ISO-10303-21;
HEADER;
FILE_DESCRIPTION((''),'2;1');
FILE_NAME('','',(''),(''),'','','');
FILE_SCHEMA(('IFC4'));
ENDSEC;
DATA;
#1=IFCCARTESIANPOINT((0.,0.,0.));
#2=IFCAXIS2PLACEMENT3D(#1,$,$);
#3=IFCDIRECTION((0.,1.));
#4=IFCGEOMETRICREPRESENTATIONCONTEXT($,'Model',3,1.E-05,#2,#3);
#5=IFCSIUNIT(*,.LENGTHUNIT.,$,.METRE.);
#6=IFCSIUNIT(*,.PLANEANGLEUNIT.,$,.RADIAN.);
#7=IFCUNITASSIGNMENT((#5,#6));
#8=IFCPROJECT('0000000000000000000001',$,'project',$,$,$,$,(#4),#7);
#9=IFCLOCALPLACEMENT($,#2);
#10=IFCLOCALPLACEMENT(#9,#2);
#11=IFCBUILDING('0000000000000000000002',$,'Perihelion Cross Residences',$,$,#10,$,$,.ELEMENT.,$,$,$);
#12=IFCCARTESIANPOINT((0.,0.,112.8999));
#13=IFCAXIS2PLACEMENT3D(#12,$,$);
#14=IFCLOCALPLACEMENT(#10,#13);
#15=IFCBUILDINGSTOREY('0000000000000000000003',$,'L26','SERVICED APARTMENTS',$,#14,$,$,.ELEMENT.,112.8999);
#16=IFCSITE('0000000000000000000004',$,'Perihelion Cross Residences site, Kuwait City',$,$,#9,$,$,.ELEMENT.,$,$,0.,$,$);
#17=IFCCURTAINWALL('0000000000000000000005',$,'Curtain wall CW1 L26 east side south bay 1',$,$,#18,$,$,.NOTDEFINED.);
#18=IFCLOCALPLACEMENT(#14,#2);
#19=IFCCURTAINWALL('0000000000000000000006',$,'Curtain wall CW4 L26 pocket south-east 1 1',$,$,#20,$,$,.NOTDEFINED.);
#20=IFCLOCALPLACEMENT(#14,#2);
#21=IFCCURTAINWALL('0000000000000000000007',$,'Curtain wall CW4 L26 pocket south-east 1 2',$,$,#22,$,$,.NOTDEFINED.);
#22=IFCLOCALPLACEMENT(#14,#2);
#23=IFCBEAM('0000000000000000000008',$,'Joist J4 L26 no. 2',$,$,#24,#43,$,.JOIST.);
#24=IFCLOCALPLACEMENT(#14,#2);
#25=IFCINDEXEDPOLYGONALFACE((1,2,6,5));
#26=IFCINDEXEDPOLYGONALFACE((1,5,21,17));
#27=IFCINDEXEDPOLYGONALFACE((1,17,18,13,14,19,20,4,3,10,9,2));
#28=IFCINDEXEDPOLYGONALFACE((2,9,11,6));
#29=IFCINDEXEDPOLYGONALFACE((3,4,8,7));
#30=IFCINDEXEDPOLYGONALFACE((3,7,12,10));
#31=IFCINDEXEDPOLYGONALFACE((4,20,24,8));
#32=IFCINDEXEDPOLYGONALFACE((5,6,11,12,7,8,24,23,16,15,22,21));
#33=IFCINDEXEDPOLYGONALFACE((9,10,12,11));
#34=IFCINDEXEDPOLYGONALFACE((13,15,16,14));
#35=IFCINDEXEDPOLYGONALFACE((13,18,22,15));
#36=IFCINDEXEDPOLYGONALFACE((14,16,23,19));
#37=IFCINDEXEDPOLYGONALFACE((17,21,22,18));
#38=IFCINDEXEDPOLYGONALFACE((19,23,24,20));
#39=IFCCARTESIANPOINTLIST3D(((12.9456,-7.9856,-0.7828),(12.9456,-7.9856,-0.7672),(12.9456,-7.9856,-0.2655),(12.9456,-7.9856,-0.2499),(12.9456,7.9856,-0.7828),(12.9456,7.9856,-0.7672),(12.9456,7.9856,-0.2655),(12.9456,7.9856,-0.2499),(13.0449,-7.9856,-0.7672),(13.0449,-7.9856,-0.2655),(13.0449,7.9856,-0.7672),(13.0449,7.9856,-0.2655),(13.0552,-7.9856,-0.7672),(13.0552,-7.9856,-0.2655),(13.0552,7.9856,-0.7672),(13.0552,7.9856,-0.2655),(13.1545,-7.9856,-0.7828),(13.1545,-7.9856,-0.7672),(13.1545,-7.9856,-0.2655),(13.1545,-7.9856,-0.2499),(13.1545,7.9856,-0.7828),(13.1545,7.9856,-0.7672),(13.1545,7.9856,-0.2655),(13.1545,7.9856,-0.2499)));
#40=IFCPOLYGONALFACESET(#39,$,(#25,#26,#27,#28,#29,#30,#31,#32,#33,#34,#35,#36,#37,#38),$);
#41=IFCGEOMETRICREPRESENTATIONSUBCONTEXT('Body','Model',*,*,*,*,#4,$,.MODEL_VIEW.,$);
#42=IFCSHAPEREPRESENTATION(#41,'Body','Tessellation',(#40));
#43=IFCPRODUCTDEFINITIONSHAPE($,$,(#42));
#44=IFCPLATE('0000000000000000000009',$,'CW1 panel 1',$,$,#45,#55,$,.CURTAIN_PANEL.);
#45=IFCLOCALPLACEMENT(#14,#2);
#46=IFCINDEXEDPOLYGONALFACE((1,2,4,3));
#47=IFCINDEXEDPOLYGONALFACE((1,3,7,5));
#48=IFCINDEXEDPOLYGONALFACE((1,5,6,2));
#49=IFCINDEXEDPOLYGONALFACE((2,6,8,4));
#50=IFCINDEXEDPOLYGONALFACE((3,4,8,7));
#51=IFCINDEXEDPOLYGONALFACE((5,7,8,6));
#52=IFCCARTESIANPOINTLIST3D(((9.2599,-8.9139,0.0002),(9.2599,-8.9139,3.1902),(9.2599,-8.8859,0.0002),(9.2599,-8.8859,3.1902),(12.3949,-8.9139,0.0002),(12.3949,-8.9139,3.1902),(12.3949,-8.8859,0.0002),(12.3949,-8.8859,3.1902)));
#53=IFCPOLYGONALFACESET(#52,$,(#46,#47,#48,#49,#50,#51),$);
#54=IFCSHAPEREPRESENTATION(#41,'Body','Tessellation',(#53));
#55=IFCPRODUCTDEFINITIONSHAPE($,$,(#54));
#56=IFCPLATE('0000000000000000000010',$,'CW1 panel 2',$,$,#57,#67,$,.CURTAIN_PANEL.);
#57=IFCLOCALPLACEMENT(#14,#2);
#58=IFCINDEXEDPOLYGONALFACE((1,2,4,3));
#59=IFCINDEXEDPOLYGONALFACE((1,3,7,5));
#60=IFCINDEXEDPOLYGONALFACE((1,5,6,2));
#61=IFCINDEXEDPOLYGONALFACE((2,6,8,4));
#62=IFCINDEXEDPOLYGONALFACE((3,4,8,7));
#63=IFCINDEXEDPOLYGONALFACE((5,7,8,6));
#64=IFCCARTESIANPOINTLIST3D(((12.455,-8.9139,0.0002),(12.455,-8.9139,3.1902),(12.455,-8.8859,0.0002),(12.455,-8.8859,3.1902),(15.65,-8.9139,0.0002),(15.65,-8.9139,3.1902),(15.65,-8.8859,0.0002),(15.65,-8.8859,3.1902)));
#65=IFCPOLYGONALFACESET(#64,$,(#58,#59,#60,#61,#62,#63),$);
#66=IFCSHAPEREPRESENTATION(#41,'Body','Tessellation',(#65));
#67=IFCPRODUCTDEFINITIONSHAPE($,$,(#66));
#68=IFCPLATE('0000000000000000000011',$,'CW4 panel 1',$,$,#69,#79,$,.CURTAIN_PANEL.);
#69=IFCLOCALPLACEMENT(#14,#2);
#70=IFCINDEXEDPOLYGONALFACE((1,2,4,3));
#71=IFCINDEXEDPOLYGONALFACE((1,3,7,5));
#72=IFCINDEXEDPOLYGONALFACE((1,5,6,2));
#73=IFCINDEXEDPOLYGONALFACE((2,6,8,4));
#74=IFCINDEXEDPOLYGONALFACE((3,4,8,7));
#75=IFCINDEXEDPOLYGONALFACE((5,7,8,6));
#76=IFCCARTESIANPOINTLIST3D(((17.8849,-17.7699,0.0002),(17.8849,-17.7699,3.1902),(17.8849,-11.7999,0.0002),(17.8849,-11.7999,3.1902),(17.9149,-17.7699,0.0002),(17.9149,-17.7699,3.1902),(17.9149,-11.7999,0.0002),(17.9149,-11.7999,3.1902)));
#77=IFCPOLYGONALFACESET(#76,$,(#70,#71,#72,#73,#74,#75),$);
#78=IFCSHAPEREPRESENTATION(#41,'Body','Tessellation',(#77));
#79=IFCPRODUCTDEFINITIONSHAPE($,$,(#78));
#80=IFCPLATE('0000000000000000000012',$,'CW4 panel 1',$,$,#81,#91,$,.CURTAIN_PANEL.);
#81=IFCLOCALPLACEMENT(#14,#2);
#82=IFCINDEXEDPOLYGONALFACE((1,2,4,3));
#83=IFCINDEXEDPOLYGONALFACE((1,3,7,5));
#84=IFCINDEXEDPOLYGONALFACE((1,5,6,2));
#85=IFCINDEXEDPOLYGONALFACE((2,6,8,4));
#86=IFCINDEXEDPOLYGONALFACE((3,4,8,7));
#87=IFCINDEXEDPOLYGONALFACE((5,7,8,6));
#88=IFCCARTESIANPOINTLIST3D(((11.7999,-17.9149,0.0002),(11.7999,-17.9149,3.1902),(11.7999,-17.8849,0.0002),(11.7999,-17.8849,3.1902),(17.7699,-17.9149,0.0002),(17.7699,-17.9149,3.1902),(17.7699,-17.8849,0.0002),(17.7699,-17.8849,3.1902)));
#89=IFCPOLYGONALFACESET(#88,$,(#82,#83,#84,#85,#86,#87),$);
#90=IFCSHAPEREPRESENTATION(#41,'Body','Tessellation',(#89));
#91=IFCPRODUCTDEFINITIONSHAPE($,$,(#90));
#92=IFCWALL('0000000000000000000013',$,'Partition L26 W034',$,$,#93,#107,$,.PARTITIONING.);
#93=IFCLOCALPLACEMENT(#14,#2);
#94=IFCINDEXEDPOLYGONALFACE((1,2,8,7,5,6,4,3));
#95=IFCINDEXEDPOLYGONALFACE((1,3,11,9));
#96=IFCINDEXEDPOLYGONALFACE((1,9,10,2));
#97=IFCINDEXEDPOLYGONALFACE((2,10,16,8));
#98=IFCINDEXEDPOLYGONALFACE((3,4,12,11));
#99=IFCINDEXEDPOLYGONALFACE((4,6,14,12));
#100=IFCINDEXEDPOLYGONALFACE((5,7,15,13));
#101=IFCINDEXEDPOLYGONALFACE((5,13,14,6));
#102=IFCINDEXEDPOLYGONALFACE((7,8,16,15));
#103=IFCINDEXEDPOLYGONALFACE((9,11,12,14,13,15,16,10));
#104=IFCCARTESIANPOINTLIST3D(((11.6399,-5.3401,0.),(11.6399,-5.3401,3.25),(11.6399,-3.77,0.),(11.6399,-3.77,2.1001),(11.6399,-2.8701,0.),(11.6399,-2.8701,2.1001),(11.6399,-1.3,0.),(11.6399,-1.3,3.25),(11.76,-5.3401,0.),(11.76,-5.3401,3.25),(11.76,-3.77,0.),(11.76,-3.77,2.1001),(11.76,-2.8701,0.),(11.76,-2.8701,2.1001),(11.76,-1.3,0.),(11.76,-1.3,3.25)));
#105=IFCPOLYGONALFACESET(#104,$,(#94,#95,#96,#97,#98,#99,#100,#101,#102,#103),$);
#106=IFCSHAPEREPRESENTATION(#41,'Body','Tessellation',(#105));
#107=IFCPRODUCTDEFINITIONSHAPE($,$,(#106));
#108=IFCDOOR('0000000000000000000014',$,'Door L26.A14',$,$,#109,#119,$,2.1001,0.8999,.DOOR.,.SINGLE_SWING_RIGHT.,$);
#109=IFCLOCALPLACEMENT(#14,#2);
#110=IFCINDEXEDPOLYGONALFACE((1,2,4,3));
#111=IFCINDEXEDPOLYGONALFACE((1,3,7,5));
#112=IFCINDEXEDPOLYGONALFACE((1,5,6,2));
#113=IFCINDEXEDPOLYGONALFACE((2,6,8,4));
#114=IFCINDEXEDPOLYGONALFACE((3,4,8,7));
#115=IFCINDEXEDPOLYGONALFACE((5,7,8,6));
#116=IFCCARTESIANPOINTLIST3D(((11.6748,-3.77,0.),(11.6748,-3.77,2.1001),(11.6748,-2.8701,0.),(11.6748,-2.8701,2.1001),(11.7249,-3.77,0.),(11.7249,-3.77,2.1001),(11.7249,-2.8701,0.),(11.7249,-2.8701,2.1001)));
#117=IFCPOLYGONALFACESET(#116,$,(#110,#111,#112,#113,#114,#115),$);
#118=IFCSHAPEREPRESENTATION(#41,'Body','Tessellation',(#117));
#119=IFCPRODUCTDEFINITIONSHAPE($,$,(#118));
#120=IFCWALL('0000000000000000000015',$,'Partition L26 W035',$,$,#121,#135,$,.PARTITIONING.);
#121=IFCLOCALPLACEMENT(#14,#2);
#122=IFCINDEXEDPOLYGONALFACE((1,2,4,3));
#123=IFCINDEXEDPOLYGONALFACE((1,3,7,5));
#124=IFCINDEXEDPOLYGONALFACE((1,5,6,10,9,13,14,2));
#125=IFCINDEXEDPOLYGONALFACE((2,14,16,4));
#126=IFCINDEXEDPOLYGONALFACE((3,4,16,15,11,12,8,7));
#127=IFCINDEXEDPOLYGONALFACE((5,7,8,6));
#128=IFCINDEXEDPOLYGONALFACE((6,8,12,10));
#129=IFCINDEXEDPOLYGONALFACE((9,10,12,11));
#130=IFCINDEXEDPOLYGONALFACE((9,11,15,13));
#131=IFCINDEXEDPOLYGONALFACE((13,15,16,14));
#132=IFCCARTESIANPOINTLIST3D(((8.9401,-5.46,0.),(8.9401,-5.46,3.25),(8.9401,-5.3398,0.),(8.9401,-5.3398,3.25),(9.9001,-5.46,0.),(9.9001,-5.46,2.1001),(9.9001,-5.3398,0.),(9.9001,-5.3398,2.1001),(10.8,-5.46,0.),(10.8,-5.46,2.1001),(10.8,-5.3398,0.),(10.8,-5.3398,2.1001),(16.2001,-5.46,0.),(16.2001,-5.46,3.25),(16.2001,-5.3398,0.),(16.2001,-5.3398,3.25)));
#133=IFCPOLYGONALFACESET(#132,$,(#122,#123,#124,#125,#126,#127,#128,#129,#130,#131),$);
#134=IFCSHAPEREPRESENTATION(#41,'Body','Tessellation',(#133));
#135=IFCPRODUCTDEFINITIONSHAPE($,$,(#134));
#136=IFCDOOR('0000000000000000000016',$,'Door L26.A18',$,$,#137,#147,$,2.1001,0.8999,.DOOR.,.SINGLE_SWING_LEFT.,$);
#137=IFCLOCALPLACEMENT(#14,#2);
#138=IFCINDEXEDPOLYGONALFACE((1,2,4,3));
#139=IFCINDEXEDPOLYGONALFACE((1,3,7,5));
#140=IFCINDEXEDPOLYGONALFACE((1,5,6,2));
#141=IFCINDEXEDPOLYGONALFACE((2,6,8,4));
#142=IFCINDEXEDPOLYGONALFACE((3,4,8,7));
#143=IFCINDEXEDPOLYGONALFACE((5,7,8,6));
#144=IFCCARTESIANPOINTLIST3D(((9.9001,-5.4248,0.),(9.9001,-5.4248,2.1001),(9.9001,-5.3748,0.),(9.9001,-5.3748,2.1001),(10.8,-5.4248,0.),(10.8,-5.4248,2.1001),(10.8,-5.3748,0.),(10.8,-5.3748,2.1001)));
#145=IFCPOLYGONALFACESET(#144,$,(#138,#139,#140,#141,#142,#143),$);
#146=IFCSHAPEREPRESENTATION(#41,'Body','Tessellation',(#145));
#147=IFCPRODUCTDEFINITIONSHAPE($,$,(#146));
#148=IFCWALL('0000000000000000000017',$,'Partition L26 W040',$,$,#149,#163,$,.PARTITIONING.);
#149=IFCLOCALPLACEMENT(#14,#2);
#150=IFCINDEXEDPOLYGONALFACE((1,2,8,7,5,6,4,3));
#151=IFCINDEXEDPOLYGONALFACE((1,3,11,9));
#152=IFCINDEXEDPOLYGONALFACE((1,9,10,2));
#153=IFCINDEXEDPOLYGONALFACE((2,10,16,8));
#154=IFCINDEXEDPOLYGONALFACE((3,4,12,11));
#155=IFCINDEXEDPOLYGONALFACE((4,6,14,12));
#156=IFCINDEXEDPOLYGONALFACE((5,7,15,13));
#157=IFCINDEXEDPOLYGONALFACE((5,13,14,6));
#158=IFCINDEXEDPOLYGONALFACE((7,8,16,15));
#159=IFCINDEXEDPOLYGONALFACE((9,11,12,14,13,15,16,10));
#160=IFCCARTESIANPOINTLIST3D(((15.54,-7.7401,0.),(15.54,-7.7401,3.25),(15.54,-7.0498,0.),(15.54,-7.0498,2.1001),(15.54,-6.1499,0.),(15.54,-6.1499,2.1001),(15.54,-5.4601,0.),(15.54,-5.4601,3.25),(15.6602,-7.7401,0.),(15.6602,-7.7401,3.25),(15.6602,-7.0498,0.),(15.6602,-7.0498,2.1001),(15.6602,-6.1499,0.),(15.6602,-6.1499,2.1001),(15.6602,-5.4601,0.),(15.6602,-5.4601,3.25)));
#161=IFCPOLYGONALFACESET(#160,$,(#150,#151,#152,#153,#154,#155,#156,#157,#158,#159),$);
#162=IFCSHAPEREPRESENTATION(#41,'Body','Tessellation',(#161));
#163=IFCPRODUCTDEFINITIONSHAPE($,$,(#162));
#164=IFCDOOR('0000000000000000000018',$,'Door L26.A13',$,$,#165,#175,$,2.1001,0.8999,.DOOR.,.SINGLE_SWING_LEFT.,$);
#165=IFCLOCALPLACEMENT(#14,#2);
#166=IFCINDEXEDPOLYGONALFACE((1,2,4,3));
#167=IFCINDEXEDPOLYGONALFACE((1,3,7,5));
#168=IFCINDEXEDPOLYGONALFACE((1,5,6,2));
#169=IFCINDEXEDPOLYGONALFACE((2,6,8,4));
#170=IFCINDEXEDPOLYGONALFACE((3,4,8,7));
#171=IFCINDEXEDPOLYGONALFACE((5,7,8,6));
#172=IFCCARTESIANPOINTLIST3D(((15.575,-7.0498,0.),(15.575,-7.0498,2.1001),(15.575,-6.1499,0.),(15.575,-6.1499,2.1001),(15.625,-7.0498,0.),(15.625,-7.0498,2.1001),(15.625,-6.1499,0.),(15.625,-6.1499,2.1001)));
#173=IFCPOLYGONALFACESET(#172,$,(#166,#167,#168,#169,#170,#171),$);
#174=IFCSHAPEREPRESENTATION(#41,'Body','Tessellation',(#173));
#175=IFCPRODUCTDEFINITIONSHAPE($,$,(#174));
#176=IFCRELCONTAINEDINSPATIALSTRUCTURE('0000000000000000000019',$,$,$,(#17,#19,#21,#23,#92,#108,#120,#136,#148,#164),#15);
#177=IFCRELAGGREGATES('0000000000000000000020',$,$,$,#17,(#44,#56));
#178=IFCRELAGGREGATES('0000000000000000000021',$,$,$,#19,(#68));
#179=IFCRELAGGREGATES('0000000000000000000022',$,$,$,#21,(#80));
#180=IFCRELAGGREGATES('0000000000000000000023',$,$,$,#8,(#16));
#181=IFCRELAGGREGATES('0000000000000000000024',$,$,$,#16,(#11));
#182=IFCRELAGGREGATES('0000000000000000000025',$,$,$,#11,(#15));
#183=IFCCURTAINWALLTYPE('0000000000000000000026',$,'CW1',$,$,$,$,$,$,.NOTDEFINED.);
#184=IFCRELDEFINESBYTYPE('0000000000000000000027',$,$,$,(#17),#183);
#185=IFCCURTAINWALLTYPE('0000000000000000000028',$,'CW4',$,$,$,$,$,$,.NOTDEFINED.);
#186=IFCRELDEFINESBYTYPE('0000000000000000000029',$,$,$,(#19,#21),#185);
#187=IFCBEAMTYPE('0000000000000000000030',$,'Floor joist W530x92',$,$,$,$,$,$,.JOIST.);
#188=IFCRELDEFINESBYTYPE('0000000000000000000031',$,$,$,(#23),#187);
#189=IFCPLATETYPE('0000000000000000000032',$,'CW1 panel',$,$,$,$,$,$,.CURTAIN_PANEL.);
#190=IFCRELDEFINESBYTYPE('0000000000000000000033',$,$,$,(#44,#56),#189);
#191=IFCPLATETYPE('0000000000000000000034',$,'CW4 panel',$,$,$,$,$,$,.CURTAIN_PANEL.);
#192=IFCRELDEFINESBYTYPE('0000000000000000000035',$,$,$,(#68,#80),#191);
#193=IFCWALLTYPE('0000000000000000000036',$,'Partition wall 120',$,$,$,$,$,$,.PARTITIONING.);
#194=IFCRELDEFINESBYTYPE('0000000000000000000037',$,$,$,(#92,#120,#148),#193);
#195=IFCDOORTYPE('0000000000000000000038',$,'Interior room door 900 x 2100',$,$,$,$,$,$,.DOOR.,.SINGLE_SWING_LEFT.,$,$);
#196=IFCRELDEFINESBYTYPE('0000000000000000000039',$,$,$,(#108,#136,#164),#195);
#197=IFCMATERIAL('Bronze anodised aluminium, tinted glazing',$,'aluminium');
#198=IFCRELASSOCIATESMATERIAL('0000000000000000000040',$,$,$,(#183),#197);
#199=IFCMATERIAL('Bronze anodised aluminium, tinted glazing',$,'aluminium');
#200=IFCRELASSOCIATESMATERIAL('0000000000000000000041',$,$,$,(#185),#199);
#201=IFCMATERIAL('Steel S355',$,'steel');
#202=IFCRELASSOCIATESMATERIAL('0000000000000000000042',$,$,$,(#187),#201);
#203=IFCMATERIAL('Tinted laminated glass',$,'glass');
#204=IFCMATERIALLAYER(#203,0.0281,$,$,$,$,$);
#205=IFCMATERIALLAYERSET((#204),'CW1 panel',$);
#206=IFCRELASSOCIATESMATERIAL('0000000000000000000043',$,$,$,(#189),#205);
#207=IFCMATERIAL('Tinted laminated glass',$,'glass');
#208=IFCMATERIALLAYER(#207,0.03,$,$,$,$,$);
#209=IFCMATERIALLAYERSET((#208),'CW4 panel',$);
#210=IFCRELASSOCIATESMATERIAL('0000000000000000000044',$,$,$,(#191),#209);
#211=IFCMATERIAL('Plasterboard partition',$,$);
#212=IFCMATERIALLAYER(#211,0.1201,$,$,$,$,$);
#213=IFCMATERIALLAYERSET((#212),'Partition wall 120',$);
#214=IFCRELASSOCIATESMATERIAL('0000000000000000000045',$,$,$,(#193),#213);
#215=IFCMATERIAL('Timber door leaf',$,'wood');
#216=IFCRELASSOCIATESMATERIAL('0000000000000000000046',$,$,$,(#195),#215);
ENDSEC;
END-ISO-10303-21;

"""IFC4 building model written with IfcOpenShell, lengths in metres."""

from ifc_helpers import new_model, si_unit, direction, frame, frame_2d, origin, origin_2d, place, context, subcontext, project, spatial, rectangle, i_section, extrude, material, layer, layer_set, material_profile, profile_set, type_object, element, fill, aggregate, save


model = new_model("IFC4")

# Units and contexts
model_context = context("Model", 3, precision=1e-05, world=origin(), true_north=direction((0.0, 1.0)))
body_context = subcontext(model_context, "Body", "Model", "MODEL_VIEW")
ifc_project = project(units=[si_unit("LENGTHUNIT", "METRE"), si_unit("PLANEANGLEUNIT", "RADIAN")], contexts=[model_context])

# Site, building, storey
site_placement = place(None, origin())
site = spatial("IfcSite", under=ifc_project, at=site_placement, Name="Perihelion Cross Residences site, Kuwait City", CompositionType="ELEMENT", RefElevation=0.0)
building_placement = place(site_placement, origin())
building = spatial("IfcBuilding", under=site, at=building_placement, Name="Perihelion Cross Residences", CompositionType="ELEMENT")
storey_placement = place(building_placement, frame((0.0, 0.0, 112.8999)))
storey = spatial("IfcBuildingStorey", under=building, at=storey_placement, Name="L26", Description="SERVICED APARTMENTS", CompositionType="ELEMENT", Elevation=112.8999)

# Curtain wall
ifc_material_1 = material(Name="Bronze anodised aluminium, tinted glazing", Category="aluminium")
curtain_wall_type_1 = type_object("IfcCurtainWallType", Name="CW1", PredefinedType="NOTDEFINED", material=ifc_material_1)
curtain_wall_1_placement = place(storey_placement, origin())
curtain_wall_1 = element("IfcCurtainWall", 1, at=curtain_wall_1_placement, inside=storey, type_object=curtain_wall_type_1, Name="Curtain wall CW1 L26 east side south bay 1", PredefinedType="NOTDEFINED")

# Curtain walls
ifc_material_2 = material(Name="Bronze anodised aluminium, tinted glazing", Category="aluminium")
curtain_wall_type_2 = type_object("IfcCurtainWallType", Name="CW4", PredefinedType="NOTDEFINED", material=ifc_material_2)
curtain_wall_2_placement = place(storey_placement, origin())
curtain_wall_2 = element("IfcCurtainWall", 2, at=curtain_wall_2_placement, inside=storey, type_object=curtain_wall_type_2, Name="Curtain wall CW4 L26 pocket south-east 1 1", PredefinedType="NOTDEFINED")
curtain_wall_3_placement = place(storey_placement, origin())
curtain_wall_3 = element("IfcCurtainWall", 3, at=curtain_wall_3_placement, inside=storey, type_object=curtain_wall_type_2, Name="Curtain wall CW4 L26 pocket south-east 1 2", PredefinedType="NOTDEFINED")

# Beam
ifc_material_3 = material(Name="Steel S355", Category="steel")
ifc_material_profile_1 = material_profile(ifc_material_3, i_section(OverallWidth=0.209, OverallDepth=0.533, WebThickness=0.0103, FlangeThickness=0.0156, at=origin_2d()), Name="W530x92")
ifc_profile_set_1 = profile_set([ifc_material_profile_1], Name="Steel S355")
beam_type_1 = type_object("IfcBeamType", Name="Floor joist W530x92", PredefinedType="JOIST", material=ifc_profile_set_1)
beam_1_placement = place(storey_placement, frame((13.05, -7.9856, -0.5164), z_axis=(0.0, 1.0, 0.0), x_axis=(-1.0, 0.0, 0.0)))
element("IfcBeam", 4, at=beam_1_placement, inside=storey, type_object=beam_type_1, Name="Joist J4 L26 no. 2", PredefinedType="JOIST", context=body_context, shape_type="SweptSolid", body=[
    extrude(i_section(OverallWidth=0.209, OverallDepth=0.533, WebThickness=0.0103, FlangeThickness=0.0156, at=origin_2d()), origin(), (0.0, 0.0, 1.0), 15.9712),
])

# Plates
ifc_material_4 = material(Name="Tinted laminated glass", Category="glass")
ifc_layer_1 = layer(ifc_material_4, 0.0281)
ifc_layer_set_1 = layer_set([ifc_layer_1], Name="CW1 panel")
plate_type_1 = type_object("IfcPlateType", Name="CW1 panel", PredefinedType="CURTAIN_PANEL", material=ifc_layer_set_1)
plate_1_placement = place(storey_placement, frame((10.8274, -8.8999, 0.0002), z_axis=(0.0, 0.0, 1.0), x_axis=(1.0, 0.0, 0.0)))
plate_1 = element("IfcPlate", 5, at=plate_1_placement, type_object=plate_type_1, Name="CW1 panel 1", PredefinedType="CURTAIN_PANEL", context=body_context, shape_type="SweptSolid", body=[
    extrude(rectangle(XDim=3.135, YDim=0.0281, at=origin_2d()), origin(), (0.0, 0.0, 1.0), 3.1899),
])
plate_2_placement = place(storey_placement, frame((14.0525, -8.8999, 0.0002), z_axis=(0.0, 0.0, 1.0), x_axis=(1.0, 0.0, 0.0)))
plate_2 = element("IfcPlate", 6, at=plate_2_placement, type_object=plate_type_1, Name="CW1 panel 2", PredefinedType="CURTAIN_PANEL", context=body_context, shape_type="SweptSolid", body=[
    extrude(rectangle(XDim=3.1951, YDim=0.0281, at=origin_2d()), origin(), (0.0, 0.0, 1.0), 3.1899),
])
aggregate(curtain_wall_1, [plate_1, plate_2])
ifc_material_5 = material(Name="Tinted laminated glass", Category="glass")
ifc_layer_2 = layer(ifc_material_5, 0.03)
ifc_layer_set_2 = layer_set([ifc_layer_2], Name="CW4 panel")
plate_type_2 = type_object("IfcPlateType", Name="CW4 panel", PredefinedType="CURTAIN_PANEL", material=ifc_layer_set_2)
plate_3_placement = place(storey_placement, frame((17.8999, -14.7849, 0.0002), z_axis=(0.0, 0.0, 1.0), x_axis=(0.0, -1.0, 0.0)))
plate_3 = element("IfcPlate", 7, at=plate_3_placement, type_object=plate_type_2, Name="CW4 panel 1", PredefinedType="CURTAIN_PANEL", context=body_context, shape_type="SweptSolid", body=[
    extrude(rectangle(XDim=5.97, YDim=0.03, at=origin_2d()), origin(), (0.0, 0.0, 1.0), 3.1899),
])
aggregate(curtain_wall_2, [plate_3])
plate_4_placement = place(storey_placement, frame((14.7849, -17.8999, 0.0002), z_axis=(0.0, 0.0, 1.0), x_axis=(-1.0, 0.0, 0.0)))
plate_4 = element("IfcPlate", 8, at=plate_4_placement, type_object=plate_type_2, Name="CW4 panel 1", PredefinedType="CURTAIN_PANEL", context=body_context, shape_type="SweptSolid", body=[
    extrude(rectangle(XDim=5.97, YDim=0.03, at=origin_2d()), origin(), (0.0, 0.0, 1.0), 3.1899),
])
aggregate(curtain_wall_3, [plate_4])

# Walls, openings, doors
ifc_material_6 = material(Name="Plasterboard partition")
ifc_layer_3 = layer(ifc_material_6, 0.1201)
ifc_layer_set_3 = layer_set([ifc_layer_3], Name="Partition wall 120")
wall_type_1 = type_object("IfcWallType", Name="Partition wall 120", PredefinedType="PARTITIONING", material=ifc_layer_set_3)
wall_1_placement = place(storey_placement, frame((11.7, -1.3, 0.0), z_axis=(0.0, 0.0, 1.0), x_axis=(0.0, -1.0, 0.0)))
wall_1 = element("IfcWall", 9, at=wall_1_placement, inside=storey, type_object=wall_type_1, Name="Partition L26 W034", PredefinedType="PARTITIONING", context=body_context, shape_type="SweptSolid", body=[
    extrude(rectangle(XDim=4.04, YDim=0.1201, at=frame_2d((2.02, 0.0))), origin(), (0.0, 0.0, 1.0), 3.25),
])
opening_1_placement = place(wall_1_placement, frame((1.5701, 0.0, 0.0)))
opening_1 = element("IfcOpeningElement", 10, at=opening_1_placement, cuts=wall_1, PredefinedType="OPENING", context=body_context, shape_type="SweptSolid", body=[
    extrude(rectangle(XDim=0.8999, YDim=2.1001, at=frame_2d((0.45, 1.05))), frame((0.0, 0.0701, 0.0), z_axis=(0.0, -1.0, 0.0), x_axis=(1.0, 0.0, 0.0)), (0.0, 0.0, 1.0), 0.1401),
])
ifc_material_7 = material(Name="Timber door leaf", Category="wood")
door_type_1 = type_object("IfcDoorType", Name="Interior room door 900 x 2100", OperationType="SINGLE_SWING_LEFT", PredefinedType="DOOR", material=ifc_material_7)
door_1_placement = place(opening_1_placement, origin())
door_1 = element("IfcDoor", 11, at=door_1_placement, inside=storey, type_object=door_type_1, Name="Door L26.A14", OperationType="SINGLE_SWING_RIGHT", OverallHeight=2.1001, OverallWidth=0.8999, PredefinedType="DOOR", context=body_context, shape_type="SweptSolid", body=[
    extrude(rectangle(XDim=0.8999, YDim=2.1001, at=frame_2d((0.45, 1.05))), frame((0.0, 0.0249, 0.0), z_axis=(0.0, -1.0, 0.0), x_axis=(1.0, 0.0, 0.0)), (0.0, 0.0, 1.0), 0.05),
])
fill(opening_1, door_1)
wall_2_placement = place(storey_placement, frame((16.2, -5.3999, 0.0), z_axis=(0.0, 0.0, 1.0), x_axis=(-1.0, 0.0, 0.0)))
wall_2 = element("IfcWall", 12, at=wall_2_placement, inside=storey, type_object=wall_type_1, Name="Partition L26 W035", PredefinedType="PARTITIONING", context=body_context, shape_type="SweptSolid", body=[
    extrude(rectangle(XDim=7.26, YDim=0.1201, at=frame_2d((3.6299, 0.0))), origin(), (0.0, 0.0, 1.0), 3.25),
])
opening_2_placement = place(wall_2_placement, frame((5.3999, 0.0, 0.0)))
opening_2 = element("IfcOpeningElement", 13, at=opening_2_placement, cuts=wall_2, PredefinedType="OPENING", context=body_context, shape_type="SweptSolid", body=[
    extrude(rectangle(XDim=0.8999, YDim=2.1001, at=frame_2d((0.45, 1.05))), frame((0.0, 0.0701, 0.0), z_axis=(0.0, -1.0, 0.0), x_axis=(1.0, 0.0, 0.0)), (0.0, 0.0, 1.0), 0.1401),
])
door_2_placement = place(opening_2_placement, origin())
door_2 = element("IfcDoor", 14, at=door_2_placement, inside=storey, type_object=door_type_1, Name="Door L26.A18", OperationType="SINGLE_SWING_LEFT", OverallHeight=2.1001, OverallWidth=0.8999, PredefinedType="DOOR", context=body_context, shape_type="SweptSolid", body=[
    extrude(rectangle(XDim=0.8999, YDim=2.1001, at=frame_2d((0.45, 1.05))), frame((0.0, 0.0249, 0.0), z_axis=(0.0, -1.0, 0.0), x_axis=(1.0, 0.0, 0.0)), (0.0, 0.0, 1.0), 0.05),
])
fill(opening_2, door_2)
wall_3_placement = place(storey_placement, frame((15.6001, -5.46, 0.0), z_axis=(0.0, 0.0, 1.0), x_axis=(0.0, -1.0, 0.0)))
wall_3 = element("IfcWall", 15, at=wall_3_placement, inside=storey, type_object=wall_type_1, Name="Partition L26 W040", PredefinedType="PARTITIONING", context=body_context, shape_type="SweptSolid", body=[
    extrude(rectangle(XDim=2.28, YDim=0.1201, at=frame_2d((1.1401, 0.0))), origin(), (0.0, 0.0, 1.0), 3.25),
])
opening_3_placement = place(wall_3_placement, frame((0.6899, 0.0, 0.0)))
opening_3 = element("IfcOpeningElement", 16, at=opening_3_placement, cuts=wall_3, PredefinedType="OPENING", context=body_context, shape_type="SweptSolid", body=[
    extrude(rectangle(XDim=0.8999, YDim=2.1001, at=frame_2d((0.45, 1.05))), frame((0.0, 0.0701, 0.0), z_axis=(0.0, -1.0, 0.0), x_axis=(1.0, 0.0, 0.0)), (0.0, 0.0, 1.0), 0.1401),
])
door_3_placement = place(opening_3_placement, origin())
door_3 = element("IfcDoor", 17, at=door_3_placement, inside=storey, type_object=door_type_1, Name="Door L26.A13", OperationType="SINGLE_SWING_LEFT", OverallHeight=2.1001, OverallWidth=0.8999, PredefinedType="DOOR", context=body_context, shape_type="SweptSolid", body=[
    extrude(rectangle(XDim=0.8999, YDim=2.1001, at=frame_2d((0.45, 1.05))), frame((0.0, 0.0249, 0.0), z_axis=(0.0, -1.0, 0.0), x_axis=(1.0, 0.0, 0.0)), (0.0, 0.0, 1.0), 0.05),
])
fill(opening_3, door_3)

save(model, "model.ifc")
